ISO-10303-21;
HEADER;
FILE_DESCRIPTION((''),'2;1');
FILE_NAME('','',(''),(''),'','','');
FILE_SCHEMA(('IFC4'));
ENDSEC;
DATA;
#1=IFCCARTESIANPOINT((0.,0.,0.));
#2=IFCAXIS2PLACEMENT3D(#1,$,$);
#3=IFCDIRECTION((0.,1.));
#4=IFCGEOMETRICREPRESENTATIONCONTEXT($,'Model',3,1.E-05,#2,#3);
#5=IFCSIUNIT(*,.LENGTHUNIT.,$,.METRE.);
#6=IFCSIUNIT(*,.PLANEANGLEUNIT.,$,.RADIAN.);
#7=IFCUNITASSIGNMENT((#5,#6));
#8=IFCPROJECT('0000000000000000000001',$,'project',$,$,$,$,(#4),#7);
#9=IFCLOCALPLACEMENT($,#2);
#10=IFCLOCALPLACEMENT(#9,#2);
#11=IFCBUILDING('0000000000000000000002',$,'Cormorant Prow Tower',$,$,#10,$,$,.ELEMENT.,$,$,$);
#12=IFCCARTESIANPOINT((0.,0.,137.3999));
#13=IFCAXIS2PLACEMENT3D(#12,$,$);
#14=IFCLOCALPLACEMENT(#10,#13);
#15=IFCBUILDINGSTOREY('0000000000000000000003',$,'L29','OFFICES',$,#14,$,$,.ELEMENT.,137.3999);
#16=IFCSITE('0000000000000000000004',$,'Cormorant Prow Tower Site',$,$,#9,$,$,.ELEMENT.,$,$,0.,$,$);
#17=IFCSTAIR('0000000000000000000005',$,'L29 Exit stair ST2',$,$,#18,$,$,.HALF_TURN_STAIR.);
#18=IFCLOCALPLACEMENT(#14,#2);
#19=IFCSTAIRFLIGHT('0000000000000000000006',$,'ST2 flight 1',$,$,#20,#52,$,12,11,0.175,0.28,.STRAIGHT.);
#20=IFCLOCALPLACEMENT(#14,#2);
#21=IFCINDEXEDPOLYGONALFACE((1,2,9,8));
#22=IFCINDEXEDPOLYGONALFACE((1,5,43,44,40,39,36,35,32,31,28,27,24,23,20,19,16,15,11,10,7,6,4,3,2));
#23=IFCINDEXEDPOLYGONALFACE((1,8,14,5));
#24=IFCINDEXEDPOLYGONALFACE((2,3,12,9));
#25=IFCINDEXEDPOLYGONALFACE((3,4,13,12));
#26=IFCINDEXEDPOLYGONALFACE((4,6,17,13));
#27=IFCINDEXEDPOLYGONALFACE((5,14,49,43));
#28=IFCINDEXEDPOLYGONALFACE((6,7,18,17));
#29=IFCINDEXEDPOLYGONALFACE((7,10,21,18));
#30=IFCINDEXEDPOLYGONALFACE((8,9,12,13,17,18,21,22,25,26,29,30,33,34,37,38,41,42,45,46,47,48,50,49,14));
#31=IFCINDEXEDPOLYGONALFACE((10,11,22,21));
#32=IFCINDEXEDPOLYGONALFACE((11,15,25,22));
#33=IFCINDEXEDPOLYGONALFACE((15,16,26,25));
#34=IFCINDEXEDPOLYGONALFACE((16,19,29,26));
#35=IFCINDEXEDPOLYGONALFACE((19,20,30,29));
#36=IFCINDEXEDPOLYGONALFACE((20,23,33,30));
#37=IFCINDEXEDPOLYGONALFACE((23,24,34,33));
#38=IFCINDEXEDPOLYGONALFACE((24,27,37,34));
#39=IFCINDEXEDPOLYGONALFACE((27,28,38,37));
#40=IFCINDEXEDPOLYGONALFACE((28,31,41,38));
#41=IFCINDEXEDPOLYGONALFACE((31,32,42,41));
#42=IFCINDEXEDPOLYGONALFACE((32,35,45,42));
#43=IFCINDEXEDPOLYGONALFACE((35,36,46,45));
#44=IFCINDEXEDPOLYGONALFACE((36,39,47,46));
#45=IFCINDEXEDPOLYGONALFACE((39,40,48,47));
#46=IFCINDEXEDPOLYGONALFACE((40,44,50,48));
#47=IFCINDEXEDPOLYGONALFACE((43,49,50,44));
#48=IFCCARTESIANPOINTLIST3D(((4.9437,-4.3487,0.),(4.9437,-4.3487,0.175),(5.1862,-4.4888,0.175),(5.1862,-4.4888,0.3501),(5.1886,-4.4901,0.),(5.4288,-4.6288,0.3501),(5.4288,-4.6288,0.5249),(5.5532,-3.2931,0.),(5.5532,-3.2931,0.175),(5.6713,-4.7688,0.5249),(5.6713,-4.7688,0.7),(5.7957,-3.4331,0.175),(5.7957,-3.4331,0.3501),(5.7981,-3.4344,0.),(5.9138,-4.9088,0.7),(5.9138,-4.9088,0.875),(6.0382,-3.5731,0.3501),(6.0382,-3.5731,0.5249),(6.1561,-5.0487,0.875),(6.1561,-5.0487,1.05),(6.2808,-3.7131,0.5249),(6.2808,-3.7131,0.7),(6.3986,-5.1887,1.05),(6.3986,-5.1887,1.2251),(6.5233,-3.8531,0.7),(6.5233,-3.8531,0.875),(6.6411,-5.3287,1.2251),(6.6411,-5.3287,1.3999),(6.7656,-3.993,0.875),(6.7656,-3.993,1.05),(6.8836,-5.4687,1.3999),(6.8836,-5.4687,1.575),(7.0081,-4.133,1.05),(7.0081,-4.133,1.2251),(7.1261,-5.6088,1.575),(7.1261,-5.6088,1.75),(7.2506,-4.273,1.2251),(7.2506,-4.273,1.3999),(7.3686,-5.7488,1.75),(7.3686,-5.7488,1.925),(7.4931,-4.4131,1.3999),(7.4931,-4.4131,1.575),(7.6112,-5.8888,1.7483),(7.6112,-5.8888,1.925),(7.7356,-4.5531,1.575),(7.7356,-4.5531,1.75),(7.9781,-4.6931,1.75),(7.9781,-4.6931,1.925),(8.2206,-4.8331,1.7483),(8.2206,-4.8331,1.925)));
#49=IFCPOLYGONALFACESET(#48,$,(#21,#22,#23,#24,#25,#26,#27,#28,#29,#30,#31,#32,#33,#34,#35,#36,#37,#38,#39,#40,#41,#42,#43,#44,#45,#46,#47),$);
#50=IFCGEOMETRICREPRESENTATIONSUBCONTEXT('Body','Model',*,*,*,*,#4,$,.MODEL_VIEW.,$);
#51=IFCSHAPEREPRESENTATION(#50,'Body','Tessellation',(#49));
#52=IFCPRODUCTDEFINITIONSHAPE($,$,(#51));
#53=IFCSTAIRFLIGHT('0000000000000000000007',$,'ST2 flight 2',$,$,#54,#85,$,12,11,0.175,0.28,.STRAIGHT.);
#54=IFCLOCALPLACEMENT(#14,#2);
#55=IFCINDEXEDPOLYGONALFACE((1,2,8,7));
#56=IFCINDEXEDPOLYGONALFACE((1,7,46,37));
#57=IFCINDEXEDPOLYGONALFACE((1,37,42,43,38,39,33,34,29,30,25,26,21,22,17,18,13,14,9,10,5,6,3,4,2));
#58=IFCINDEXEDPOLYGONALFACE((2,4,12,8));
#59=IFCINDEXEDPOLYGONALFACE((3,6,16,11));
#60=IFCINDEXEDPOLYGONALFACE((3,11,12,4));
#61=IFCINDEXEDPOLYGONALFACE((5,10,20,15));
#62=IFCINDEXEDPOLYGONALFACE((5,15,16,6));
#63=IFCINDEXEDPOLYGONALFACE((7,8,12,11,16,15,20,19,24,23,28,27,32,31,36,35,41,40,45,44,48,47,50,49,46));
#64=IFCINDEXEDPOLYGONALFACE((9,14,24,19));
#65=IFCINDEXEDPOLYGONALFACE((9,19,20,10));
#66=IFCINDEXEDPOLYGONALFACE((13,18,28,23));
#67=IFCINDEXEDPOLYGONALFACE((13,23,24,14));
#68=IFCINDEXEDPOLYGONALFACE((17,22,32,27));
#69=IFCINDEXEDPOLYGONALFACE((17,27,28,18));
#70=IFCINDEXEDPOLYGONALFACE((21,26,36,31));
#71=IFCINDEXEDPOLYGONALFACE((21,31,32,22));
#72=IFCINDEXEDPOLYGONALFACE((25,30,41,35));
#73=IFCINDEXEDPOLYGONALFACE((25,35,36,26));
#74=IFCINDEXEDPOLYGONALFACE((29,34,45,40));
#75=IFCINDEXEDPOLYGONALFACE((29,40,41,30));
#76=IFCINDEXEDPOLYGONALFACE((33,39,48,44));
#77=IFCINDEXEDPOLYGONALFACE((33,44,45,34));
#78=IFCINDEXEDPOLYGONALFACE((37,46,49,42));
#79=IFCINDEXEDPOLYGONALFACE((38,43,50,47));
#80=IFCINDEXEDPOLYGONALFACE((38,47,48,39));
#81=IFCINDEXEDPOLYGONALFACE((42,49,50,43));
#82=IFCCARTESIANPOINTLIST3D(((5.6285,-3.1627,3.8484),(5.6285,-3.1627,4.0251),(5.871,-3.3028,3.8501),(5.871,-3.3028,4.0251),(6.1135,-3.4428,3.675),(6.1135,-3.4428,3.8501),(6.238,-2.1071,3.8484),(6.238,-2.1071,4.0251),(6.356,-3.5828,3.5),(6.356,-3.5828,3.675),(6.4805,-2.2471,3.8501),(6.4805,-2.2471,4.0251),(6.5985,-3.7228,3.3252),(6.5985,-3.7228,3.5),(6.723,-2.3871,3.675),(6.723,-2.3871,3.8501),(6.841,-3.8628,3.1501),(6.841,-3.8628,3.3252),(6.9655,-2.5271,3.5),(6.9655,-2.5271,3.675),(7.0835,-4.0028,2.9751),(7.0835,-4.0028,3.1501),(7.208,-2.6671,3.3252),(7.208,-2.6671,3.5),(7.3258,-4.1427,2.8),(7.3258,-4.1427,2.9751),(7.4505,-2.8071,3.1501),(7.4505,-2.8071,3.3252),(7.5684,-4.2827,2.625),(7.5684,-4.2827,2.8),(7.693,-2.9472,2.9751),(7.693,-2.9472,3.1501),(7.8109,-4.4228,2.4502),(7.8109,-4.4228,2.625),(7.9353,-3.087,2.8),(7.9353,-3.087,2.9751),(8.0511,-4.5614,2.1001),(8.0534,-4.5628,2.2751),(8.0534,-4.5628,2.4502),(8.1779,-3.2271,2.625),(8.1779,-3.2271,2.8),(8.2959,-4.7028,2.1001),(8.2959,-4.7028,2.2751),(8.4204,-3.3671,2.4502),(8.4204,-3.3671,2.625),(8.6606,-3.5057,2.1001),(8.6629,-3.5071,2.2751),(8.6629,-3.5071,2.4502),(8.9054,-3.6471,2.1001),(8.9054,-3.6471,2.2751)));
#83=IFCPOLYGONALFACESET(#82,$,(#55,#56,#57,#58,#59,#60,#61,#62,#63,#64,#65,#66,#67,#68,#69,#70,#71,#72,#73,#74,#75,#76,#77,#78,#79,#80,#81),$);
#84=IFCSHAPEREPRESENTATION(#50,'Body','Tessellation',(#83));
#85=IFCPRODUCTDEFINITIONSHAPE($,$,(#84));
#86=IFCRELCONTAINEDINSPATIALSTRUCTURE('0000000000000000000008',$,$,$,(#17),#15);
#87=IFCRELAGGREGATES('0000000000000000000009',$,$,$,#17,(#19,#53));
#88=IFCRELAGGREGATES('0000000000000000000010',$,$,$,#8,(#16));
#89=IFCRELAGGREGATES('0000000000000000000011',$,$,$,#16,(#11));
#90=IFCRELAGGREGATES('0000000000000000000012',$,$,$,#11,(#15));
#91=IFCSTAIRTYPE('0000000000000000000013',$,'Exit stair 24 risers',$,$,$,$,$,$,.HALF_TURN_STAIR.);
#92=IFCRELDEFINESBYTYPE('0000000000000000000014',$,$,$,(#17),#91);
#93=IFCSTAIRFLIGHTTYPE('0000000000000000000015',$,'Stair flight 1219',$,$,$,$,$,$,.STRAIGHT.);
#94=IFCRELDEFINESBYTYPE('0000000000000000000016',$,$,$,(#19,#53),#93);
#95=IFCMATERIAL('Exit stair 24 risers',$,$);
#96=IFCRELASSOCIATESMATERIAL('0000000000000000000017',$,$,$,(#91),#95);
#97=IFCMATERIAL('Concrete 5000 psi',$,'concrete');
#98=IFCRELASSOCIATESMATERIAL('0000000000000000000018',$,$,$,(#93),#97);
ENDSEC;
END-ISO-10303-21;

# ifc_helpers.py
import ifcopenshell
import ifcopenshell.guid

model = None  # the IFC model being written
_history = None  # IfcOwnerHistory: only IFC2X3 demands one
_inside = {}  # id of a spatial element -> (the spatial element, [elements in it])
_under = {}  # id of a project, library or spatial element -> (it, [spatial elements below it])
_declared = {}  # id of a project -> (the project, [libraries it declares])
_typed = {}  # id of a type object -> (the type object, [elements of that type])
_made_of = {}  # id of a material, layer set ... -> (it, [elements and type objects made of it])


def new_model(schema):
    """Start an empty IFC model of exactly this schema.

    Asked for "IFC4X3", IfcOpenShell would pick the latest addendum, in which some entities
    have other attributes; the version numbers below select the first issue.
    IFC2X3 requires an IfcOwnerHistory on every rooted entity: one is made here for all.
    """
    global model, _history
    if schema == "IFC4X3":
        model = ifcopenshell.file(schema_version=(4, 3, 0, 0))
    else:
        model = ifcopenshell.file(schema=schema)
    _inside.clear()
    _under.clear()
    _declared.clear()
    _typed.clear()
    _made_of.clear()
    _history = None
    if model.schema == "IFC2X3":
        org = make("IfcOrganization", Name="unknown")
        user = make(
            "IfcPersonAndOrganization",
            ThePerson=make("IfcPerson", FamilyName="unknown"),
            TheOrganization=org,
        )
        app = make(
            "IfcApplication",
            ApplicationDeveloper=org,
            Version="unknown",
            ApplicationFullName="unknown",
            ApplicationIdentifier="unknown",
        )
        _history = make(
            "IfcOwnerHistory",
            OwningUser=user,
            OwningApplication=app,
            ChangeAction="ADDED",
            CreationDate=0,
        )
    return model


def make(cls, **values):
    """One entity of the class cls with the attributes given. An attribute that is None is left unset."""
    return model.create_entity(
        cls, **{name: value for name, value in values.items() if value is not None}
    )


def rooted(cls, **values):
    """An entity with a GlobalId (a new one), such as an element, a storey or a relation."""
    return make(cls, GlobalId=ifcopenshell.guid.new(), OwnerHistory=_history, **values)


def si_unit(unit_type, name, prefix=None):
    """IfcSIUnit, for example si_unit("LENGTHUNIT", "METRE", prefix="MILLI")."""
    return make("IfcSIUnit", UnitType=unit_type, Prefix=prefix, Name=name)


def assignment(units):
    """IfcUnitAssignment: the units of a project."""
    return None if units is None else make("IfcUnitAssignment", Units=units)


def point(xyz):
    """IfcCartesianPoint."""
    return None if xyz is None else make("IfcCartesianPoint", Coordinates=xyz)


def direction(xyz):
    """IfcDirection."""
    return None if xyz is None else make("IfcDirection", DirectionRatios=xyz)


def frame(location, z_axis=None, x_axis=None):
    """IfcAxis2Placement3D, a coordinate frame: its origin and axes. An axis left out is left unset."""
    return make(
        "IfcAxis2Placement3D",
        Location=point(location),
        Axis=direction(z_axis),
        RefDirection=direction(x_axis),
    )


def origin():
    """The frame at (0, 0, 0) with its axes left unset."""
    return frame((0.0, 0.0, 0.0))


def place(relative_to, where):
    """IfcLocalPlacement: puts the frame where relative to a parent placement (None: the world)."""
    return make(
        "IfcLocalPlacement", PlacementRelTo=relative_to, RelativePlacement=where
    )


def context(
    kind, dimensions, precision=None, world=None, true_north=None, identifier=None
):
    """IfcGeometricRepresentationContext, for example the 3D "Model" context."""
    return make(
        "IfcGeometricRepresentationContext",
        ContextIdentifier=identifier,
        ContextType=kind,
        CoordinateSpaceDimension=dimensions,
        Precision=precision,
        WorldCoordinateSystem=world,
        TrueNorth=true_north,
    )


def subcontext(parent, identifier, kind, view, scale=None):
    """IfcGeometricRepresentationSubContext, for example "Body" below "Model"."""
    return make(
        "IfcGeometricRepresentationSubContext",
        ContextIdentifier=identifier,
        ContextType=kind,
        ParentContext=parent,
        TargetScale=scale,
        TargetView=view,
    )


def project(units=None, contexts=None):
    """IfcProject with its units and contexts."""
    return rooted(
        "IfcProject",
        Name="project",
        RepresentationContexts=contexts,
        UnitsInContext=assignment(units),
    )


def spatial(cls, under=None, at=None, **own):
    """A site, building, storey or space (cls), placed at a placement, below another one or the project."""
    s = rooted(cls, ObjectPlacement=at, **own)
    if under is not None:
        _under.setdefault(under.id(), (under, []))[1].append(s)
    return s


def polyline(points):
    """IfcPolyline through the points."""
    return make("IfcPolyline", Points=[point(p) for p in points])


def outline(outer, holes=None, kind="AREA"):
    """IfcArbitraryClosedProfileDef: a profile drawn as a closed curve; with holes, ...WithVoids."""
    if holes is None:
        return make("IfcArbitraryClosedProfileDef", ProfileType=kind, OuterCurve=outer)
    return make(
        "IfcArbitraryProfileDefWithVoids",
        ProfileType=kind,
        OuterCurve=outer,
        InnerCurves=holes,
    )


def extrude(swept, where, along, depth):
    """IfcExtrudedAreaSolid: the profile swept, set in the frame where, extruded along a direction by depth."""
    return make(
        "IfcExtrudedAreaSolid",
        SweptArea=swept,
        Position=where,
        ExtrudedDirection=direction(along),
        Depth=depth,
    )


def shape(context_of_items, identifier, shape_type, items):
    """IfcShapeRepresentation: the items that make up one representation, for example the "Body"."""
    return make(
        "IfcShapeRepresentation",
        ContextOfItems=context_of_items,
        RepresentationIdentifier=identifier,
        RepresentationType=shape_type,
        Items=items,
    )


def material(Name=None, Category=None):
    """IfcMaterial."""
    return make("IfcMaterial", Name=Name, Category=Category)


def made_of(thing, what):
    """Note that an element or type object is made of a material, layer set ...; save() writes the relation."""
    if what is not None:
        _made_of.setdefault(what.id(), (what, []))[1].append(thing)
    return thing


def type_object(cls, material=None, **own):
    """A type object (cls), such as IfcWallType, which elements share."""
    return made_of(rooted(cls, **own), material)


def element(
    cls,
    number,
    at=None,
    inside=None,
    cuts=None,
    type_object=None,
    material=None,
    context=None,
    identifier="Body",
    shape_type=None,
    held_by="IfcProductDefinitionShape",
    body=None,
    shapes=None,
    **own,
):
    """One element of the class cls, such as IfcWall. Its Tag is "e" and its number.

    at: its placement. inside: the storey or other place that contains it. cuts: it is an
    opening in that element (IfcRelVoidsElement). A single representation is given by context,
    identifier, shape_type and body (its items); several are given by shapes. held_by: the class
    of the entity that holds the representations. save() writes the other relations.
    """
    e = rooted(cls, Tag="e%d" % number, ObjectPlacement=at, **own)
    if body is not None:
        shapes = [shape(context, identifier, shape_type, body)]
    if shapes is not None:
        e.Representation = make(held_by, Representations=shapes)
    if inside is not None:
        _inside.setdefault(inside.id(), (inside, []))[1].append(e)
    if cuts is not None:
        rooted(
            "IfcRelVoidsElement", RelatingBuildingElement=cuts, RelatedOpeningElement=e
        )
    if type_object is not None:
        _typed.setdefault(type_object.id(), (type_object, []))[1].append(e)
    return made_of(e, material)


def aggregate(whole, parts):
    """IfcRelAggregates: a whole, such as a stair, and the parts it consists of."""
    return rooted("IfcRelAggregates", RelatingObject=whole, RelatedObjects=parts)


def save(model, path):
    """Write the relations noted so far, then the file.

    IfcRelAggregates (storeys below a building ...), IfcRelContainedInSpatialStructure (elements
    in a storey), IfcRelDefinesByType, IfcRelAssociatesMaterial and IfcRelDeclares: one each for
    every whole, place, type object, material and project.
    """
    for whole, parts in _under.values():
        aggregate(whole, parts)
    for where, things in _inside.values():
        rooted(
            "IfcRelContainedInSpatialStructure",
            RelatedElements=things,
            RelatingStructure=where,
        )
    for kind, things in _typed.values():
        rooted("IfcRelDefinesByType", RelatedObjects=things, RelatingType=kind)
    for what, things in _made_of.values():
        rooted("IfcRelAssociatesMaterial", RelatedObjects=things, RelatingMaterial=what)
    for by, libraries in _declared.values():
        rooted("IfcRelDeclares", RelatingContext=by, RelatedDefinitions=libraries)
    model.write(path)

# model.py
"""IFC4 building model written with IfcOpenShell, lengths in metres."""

from ifc_helpers import new_model, si_unit, direction, frame, origin, place, context, subcontext, project, spatial, polyline, outline, extrude, material, type_object, element, aggregate, save


model = new_model("IFC4")

# Units and contexts
model_context = context("Model", 3, precision=1e-05, world=origin(), true_north=direction((0.0, 1.0)))
body_context = subcontext(model_context, "Body", "Model", "MODEL_VIEW")
ifc_project = project(units=[si_unit("LENGTHUNIT", "METRE"), si_unit("PLANEANGLEUNIT", "RADIAN")], contexts=[model_context])

# Site, building, storey
site_placement = place(None, origin())
site = spatial("IfcSite", under=ifc_project, at=site_placement, Name="Cormorant Prow Tower Site", CompositionType="ELEMENT", RefElevation=0.0)
building_placement = place(site_placement, origin())
building = spatial("IfcBuilding", under=site, at=building_placement, Name="Cormorant Prow Tower", CompositionType="ELEMENT")
storey_placement = place(building_placement, frame((0.0, 0.0, 137.3999)))
storey = spatial("IfcBuildingStorey", under=building, at=storey_placement, Name="L29", Description="OFFICES", CompositionType="ELEMENT", Elevation=137.3999)

# Stair, stair flights
ifc_material_1 = material(Name="Exit stair 24 risers")
stair_type = type_object("IfcStairType", Name="Exit stair 24 risers", PredefinedType="HALF_TURN_STAIR", material=ifc_material_1)
stair_placement = place(storey_placement, origin())
stair = element("IfcStair", 1, at=stair_placement, inside=storey, type_object=stair_type, Name="L29 Exit stair ST2", PredefinedType="HALF_TURN_STAIR")
ifc_material_2 = material(Name="Concrete 5000 psi", Category="concrete")
stair_flight_type = type_object("IfcStairFlightType", Name="Stair flight 1219", PredefinedType="STRAIGHT", material=ifc_material_2)
stair_flight_1_placement = place(storey_placement, frame((5.2485, -3.8208, 0.0), z_axis=(0.0, 0.0, 1.0), x_axis=(0.866025, -0.5, 0.0)))
stair_flight_1 = element("IfcStairFlight", 2, at=stair_flight_1_placement, type_object=stair_flight_type, Name="ST2 flight 1", NumberOfRisers=12, NumberOfTreads=11, PredefinedType="STRAIGHT", RiserHeight=0.175, TreadLength=0.28, context=body_context, shape_type="SweptSolid", body=[
    extrude(outline(polyline([(0.0, 0.0), (0.0, 0.175), (0.28, 0.175), (0.28, 0.3501), (0.5601, 0.3501), (0.5601, 0.5249), (0.8401, 0.5249), (0.8401, 0.7), (1.1201, 0.7), (1.1201, 0.875), (1.3999, 0.875), (1.3999, 1.05), (1.6799, 1.05), (1.6799, 1.2251), (1.96, 1.2251), (1.96, 1.3999), (2.24, 1.3999), (2.24, 1.575), (2.52, 1.575), (2.52, 1.75), (2.8, 1.75), (2.8, 1.925), (3.0801, 1.925), (3.0801, 2.1001), (3.0801, 1.7483), (0.2827, 0.0), (0.0, 0.0)])), frame((0.0, 0.6094, 0.0), z_axis=(0.0, -1.0, 0.0), x_axis=(1.0, 0.0, 0.0)), (0.0, 0.0, 1.0), 1.219),
])
stair_flight_2_placement = place(storey_placement, frame((8.6006, -4.175, 2.1001), z_axis=(0.0, 0.0, 1.0), x_axis=(-0.866025, 0.5, 0.0)))
stair_flight_2 = element("IfcStairFlight", 3, at=stair_flight_2_placement, type_object=stair_flight_type, Name="ST2 flight 2", NumberOfRisers=12, NumberOfTreads=11, PredefinedType="STRAIGHT", RiserHeight=0.175, TreadLength=0.28, context=body_context, shape_type="SweptSolid", body=[
    extrude(outline(polyline([(0.0, 0.0), (0.0, 0.175), (0.28, 0.175), (0.28, 0.3501), (0.5601, 0.3501), (0.5601, 0.5249), (0.8401, 0.5249), (0.8401, 0.7), (1.1201, 0.7), (1.1201, 0.875), (1.3999, 0.875), (1.3999, 1.05), (1.6799, 1.05), (1.6799, 1.2251), (1.96, 1.2251), (1.96, 1.3999), (2.24, 1.3999), (2.24, 1.575), (2.52, 1.575), (2.52, 1.75), (2.8, 1.75), (2.8, 1.925), (3.0801, 1.925), (3.0801, 2.1001), (3.0801, 1.7483), (0.2827, 0.0), (0.0, 0.0)])), frame((0.0, 0.6094, 0.0), z_axis=(0.0, -1.0, 0.0), x_axis=(1.0, 0.0, 0.0)), (0.0, 0.0, 1.0), 1.219),
])
aggregate(stair, [stair_flight_1, stair_flight_2])

save(model, "model.ifc")
